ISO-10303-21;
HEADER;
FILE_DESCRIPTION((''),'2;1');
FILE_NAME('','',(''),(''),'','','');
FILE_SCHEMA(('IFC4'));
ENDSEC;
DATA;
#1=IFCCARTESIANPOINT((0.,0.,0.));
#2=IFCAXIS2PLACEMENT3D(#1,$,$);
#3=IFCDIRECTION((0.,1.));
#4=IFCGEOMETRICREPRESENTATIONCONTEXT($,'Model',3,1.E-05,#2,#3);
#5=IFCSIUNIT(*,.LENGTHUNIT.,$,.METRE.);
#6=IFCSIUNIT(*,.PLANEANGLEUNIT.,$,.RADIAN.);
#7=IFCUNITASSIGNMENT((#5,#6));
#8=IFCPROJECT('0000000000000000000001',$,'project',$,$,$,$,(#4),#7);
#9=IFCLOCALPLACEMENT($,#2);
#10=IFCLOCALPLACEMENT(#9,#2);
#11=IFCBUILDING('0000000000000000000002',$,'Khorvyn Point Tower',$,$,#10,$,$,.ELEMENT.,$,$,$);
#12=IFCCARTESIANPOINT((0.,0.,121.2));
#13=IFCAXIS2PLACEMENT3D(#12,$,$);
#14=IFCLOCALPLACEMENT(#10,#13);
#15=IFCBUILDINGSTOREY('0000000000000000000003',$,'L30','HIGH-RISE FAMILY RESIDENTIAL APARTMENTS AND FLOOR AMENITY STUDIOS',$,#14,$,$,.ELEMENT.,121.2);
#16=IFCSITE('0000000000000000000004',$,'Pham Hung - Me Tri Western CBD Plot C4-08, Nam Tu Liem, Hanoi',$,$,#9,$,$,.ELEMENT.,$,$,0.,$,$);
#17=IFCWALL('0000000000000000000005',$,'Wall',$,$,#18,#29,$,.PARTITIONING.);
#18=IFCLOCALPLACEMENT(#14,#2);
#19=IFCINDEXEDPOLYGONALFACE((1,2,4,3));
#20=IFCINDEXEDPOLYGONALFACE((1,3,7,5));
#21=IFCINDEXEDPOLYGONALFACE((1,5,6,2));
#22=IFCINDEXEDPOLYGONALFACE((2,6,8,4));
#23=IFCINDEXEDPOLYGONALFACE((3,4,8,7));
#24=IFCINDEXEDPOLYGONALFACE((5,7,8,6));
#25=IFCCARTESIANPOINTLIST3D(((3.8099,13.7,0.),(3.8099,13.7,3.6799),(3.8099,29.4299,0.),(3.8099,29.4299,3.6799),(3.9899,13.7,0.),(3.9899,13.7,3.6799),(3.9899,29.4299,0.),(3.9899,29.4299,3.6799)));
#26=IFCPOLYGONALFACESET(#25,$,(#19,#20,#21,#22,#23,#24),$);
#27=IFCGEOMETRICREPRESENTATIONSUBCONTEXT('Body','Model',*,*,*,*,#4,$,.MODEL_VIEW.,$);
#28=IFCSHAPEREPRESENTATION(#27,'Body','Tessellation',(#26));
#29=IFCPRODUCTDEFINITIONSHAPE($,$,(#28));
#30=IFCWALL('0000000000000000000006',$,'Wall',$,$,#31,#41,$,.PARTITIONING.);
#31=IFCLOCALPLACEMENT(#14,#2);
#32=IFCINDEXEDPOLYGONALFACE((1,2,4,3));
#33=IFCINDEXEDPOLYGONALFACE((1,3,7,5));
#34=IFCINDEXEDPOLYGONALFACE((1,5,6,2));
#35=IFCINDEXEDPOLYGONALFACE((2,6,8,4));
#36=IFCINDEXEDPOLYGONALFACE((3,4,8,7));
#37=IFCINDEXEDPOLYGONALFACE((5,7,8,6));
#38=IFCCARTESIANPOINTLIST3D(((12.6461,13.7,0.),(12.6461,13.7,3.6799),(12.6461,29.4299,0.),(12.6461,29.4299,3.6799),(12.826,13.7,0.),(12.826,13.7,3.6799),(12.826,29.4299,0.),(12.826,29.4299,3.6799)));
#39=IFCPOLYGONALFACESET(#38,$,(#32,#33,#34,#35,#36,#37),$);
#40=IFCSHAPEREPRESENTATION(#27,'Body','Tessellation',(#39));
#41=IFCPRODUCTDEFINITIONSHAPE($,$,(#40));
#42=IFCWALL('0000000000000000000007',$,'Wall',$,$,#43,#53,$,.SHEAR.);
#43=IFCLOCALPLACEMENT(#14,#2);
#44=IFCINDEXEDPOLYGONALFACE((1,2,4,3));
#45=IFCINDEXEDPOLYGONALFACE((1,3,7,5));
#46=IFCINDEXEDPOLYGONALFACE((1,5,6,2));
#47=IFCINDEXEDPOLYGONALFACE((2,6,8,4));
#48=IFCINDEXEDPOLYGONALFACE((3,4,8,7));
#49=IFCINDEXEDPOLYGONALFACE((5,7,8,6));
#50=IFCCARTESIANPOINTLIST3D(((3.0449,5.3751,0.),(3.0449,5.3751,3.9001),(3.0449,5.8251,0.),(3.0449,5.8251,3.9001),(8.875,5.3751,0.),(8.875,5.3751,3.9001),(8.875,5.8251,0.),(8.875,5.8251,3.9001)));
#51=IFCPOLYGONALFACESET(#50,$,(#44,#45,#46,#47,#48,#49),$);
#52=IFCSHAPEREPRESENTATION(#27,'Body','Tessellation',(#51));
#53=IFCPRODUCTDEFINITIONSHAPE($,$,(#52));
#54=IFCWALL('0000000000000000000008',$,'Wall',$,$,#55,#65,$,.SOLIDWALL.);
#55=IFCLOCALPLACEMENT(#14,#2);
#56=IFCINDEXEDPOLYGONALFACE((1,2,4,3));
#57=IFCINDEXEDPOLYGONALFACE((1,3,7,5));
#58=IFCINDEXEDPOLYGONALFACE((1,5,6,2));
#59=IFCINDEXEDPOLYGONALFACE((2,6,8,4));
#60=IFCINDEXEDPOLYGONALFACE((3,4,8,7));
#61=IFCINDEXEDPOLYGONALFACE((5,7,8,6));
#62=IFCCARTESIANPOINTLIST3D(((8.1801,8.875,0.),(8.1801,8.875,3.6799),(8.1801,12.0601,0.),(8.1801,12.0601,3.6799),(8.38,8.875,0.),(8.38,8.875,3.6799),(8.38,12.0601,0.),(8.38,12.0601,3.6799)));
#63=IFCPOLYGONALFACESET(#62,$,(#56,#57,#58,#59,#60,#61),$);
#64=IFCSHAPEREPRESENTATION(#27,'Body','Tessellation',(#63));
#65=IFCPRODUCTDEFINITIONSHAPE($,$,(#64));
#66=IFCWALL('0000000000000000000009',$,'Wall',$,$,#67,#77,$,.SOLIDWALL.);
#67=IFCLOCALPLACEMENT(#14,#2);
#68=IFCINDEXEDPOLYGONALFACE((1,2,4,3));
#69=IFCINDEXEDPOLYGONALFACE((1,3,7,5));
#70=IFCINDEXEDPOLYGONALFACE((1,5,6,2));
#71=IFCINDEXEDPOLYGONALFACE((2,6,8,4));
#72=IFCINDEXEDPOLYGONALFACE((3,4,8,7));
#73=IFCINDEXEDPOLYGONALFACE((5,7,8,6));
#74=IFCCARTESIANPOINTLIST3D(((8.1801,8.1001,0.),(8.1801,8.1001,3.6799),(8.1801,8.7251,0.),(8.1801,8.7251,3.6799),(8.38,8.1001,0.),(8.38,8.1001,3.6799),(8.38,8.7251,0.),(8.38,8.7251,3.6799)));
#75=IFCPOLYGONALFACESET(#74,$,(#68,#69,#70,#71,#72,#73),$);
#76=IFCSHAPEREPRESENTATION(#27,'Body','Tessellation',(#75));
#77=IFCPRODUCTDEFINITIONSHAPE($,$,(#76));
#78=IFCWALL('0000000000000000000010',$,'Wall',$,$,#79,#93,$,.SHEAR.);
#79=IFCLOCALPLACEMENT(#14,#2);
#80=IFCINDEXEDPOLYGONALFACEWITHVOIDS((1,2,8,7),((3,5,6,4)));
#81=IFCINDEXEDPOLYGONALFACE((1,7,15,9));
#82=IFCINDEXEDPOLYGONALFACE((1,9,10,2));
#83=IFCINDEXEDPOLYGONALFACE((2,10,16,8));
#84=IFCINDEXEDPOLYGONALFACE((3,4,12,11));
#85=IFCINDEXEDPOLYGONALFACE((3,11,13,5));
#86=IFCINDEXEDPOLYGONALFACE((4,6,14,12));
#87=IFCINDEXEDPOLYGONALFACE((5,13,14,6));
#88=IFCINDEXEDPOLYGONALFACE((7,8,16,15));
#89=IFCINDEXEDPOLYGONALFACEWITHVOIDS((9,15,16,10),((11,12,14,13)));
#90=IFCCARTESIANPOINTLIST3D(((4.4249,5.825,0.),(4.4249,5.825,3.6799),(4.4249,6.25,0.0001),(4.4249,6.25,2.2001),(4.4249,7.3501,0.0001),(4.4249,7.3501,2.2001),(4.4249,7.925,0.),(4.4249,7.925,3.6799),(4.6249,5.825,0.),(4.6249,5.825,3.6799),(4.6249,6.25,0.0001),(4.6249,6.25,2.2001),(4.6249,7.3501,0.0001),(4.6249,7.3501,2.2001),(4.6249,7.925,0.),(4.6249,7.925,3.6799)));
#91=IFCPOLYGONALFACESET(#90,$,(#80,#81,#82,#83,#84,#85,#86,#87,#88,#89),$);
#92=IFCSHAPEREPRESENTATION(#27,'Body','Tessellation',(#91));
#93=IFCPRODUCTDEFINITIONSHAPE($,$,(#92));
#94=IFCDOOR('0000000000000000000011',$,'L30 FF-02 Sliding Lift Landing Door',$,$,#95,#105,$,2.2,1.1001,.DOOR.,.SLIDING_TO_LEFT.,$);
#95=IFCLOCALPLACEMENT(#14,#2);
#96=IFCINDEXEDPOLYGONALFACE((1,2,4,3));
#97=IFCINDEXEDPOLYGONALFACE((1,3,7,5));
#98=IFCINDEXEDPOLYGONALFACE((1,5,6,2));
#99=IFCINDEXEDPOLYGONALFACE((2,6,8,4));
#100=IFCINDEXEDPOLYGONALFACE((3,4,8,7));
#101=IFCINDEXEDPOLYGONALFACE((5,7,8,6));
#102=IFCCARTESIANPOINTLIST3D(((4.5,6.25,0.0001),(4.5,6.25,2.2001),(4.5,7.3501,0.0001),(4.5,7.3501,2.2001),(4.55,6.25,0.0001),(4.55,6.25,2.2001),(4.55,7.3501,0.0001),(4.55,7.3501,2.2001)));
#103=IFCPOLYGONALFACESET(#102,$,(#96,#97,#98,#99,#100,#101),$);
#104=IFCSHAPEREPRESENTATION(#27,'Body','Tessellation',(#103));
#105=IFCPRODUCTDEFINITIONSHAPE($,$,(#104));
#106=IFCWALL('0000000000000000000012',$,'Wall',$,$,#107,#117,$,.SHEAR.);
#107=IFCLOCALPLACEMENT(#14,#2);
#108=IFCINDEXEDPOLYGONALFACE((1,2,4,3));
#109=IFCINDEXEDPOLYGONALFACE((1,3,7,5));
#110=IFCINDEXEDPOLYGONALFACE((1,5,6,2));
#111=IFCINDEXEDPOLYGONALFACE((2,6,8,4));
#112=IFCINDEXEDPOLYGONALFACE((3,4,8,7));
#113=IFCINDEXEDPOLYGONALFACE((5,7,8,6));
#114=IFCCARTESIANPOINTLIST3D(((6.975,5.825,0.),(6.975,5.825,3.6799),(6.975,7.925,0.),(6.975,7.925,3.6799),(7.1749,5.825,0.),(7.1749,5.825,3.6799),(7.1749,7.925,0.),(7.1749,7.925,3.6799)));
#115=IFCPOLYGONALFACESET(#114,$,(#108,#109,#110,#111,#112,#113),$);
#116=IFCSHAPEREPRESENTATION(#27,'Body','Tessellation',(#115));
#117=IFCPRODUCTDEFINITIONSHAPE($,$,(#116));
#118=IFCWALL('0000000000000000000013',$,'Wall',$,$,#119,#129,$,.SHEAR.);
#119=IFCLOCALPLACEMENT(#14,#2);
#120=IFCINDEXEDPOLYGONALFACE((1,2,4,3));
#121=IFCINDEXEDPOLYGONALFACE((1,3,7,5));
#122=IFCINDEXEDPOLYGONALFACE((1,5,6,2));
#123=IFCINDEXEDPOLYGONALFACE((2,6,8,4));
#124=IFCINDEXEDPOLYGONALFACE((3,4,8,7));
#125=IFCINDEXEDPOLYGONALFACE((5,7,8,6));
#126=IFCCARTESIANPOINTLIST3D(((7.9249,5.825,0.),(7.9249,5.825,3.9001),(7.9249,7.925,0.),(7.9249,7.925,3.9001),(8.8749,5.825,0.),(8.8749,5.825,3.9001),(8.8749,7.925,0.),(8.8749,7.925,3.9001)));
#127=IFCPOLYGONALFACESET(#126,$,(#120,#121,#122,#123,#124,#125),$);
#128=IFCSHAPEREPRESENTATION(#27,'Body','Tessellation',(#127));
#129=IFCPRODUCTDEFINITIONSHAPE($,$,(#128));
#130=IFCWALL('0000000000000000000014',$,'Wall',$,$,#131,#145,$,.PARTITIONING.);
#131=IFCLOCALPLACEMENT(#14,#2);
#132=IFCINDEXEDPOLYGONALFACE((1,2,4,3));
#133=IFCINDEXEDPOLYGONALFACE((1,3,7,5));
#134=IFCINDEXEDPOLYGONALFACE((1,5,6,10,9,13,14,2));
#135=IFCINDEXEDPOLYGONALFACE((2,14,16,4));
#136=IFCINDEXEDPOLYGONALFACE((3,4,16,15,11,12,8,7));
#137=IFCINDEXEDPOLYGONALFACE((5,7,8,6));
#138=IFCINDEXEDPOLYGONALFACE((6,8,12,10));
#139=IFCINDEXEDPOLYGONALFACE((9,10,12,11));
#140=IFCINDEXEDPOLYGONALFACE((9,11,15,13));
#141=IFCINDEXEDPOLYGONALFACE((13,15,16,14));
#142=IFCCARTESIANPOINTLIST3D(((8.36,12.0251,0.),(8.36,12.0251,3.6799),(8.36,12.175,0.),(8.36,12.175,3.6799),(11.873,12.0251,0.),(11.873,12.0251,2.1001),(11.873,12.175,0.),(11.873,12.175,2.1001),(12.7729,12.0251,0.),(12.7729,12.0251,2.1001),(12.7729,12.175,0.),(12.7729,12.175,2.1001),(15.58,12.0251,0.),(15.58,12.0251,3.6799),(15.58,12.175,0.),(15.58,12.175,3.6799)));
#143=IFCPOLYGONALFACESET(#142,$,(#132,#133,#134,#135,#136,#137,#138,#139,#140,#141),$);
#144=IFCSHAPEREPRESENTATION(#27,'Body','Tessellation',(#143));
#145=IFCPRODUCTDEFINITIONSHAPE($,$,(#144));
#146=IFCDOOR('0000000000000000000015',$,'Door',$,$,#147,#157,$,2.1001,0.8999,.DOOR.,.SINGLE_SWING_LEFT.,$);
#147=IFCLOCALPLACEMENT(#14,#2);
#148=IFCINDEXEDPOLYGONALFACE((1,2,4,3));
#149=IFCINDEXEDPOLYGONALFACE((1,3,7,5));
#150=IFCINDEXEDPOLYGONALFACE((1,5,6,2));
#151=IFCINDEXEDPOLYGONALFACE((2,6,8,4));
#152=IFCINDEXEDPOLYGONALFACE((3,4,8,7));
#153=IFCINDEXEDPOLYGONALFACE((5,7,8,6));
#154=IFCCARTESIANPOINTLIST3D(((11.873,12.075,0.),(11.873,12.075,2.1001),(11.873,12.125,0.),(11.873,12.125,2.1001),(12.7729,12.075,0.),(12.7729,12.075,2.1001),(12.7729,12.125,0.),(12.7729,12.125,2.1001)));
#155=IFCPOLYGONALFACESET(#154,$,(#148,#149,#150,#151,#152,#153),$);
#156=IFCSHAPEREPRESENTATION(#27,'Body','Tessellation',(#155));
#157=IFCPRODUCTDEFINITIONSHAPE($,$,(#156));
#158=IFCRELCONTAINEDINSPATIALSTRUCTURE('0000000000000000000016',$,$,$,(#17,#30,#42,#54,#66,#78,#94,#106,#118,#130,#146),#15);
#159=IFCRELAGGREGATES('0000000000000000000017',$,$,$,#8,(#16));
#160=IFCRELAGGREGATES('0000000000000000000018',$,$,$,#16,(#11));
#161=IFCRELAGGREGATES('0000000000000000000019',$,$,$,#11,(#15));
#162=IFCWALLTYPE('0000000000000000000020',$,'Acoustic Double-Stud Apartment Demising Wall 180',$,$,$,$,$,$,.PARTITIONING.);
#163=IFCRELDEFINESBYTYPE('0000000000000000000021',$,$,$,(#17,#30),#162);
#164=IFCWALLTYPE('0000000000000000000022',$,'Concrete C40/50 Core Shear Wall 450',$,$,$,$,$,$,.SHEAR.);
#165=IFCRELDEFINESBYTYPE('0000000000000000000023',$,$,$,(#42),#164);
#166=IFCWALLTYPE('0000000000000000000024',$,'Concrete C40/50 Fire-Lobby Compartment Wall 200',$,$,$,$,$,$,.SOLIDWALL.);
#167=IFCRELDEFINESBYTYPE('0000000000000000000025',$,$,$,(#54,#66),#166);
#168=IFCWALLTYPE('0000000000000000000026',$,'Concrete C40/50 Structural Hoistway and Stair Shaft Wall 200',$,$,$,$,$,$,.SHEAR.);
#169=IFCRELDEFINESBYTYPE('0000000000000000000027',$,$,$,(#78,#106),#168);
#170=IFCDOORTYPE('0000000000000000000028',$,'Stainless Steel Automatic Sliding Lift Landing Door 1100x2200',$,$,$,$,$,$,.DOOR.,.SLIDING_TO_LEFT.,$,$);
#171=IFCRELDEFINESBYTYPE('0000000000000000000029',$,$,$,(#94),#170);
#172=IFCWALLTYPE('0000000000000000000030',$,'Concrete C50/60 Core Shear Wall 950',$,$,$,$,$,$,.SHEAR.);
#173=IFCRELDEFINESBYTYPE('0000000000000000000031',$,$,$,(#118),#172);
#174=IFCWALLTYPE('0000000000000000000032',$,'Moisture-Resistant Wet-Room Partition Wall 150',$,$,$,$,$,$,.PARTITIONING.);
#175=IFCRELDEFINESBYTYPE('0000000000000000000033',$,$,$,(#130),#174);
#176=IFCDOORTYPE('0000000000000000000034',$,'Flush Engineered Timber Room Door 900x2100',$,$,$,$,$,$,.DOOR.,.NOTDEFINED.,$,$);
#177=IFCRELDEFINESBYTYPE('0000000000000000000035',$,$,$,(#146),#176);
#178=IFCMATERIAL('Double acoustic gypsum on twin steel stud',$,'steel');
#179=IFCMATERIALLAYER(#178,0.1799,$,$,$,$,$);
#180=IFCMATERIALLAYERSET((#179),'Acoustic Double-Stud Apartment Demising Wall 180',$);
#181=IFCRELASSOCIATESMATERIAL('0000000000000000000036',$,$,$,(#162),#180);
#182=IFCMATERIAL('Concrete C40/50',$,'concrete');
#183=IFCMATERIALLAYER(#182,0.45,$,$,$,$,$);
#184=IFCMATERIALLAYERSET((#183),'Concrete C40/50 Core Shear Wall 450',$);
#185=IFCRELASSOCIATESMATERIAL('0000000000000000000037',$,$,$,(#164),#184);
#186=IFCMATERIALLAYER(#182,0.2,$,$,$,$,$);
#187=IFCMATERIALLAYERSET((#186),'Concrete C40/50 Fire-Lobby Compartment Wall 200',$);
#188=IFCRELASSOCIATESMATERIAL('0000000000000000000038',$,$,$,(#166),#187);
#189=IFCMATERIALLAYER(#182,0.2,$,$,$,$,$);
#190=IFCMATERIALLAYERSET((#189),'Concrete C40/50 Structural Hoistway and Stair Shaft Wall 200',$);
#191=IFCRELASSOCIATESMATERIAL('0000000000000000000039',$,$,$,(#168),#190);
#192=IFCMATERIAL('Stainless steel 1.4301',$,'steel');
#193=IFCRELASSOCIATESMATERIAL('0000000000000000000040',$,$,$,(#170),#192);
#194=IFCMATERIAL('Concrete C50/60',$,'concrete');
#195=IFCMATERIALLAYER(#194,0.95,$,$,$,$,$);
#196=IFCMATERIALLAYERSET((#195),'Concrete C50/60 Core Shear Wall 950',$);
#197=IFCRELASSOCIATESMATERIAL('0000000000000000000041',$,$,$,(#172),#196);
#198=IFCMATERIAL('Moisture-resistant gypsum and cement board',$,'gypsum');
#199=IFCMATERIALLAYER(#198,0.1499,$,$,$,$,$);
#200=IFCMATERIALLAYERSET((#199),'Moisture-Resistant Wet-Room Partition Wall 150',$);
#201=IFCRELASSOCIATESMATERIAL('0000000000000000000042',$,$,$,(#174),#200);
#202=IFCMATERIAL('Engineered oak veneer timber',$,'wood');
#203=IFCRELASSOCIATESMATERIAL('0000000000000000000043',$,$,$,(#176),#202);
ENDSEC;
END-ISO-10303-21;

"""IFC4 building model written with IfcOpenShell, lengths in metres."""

from ifc_helpers import new_model, si_unit, direction, frame, frame_2d, origin, place, context, subcontext, project, spatial, rectangle, extrude, material, layer, layer_set, type_object, element, fill, save


model = new_model("IFC4")

# Units and contexts
model_context = context("Model", 3, precision=1e-05, world=origin(), true_north=direction((0.0, 1.0)))
body_context = subcontext(model_context, "Body", "Model", "MODEL_VIEW")
ifc_project = project(units=[si_unit("LENGTHUNIT", "METRE"), si_unit("PLANEANGLEUNIT", "RADIAN")], contexts=[model_context])

# Site, building, storey
site_placement = place(None, origin())
site = spatial("IfcSite", under=ifc_project, at=site_placement, Name="Pham Hung - Me Tri Western CBD Plot C4-08, Nam Tu Liem, Hanoi", CompositionType="ELEMENT", RefElevation=0.0)
building_placement = place(site_placement, origin())
building = spatial("IfcBuilding", under=site, at=building_placement, Name="Khorvyn Point Tower", CompositionType="ELEMENT")
storey_placement = place(building_placement, frame((0.0, 0.0, 121.2)))
storey = spatial("IfcBuildingStorey", under=building, at=storey_placement, Name="L30", Description="HIGH-RISE FAMILY RESIDENTIAL APARTMENTS AND FLOOR AMENITY STUDIOS", CompositionType="ELEMENT", Elevation=121.2)

# Shared definitions
ifc_material_1 = material(Name="Concrete C50/60", Category="concrete")

# Shared definitions
ifc_material_2 = material(Name="Double acoustic gypsum on twin steel stud", Category="steel")
ifc_layer_1 = layer(ifc_material_2, 0.1799)
ifc_layer_set_1 = layer_set([ifc_layer_1], Name="Acoustic Double-Stud Apartment Demising Wall 180")
wall_type_1 = type_object("IfcWallType", Name="Acoustic Double-Stud Apartment Demising Wall 180", PredefinedType="PARTITIONING", material=ifc_layer_set_1)

# Walls
for number, where, z_axis, x_axis, name in (
    (1, (3.8999, 13.7, 0.0), (0.0, 0.0, 1.0), (0.0, 1.0, 0.0), "Wall"),
    (2, (12.7361, 13.7, 0.0), (0.0, 0.0, 1.0), (0.0, 1.0, 0.0), "Wall"),
):
    element("IfcWall", number, at=place(storey_placement, frame(where, z_axis=z_axis, x_axis=x_axis)), inside=storey, type_object=wall_type_1, Name=name, PredefinedType="PARTITIONING", context=body_context, shape_type="SweptSolid", body=[
        extrude(rectangle(XDim=15.73, YDim=0.1799, at=frame_2d((7.865, 0.0))), origin(), (0.0, 0.0, 1.0), 3.6799),
    ])
ifc_material_3 = material(Name="Concrete C40/50", Category="concrete")
ifc_layer_2 = layer(ifc_material_3, 0.45)
ifc_layer_set_2 = layer_set([ifc_layer_2], Name="Concrete C40/50 Core Shear Wall 450")
wall_type_2 = type_object("IfcWallType", Name="Concrete C40/50 Core Shear Wall 450", PredefinedType="SHEAR", material=ifc_layer_set_2)
wall_1_placement = place(storey_placement, frame((3.0449, 5.6001, 0.0), z_axis=(0.0, 0.0, 1.0), x_axis=(1.0, 0.0, 0.0)))
element("IfcWall", 3, at=wall_1_placement, inside=storey, type_object=wall_type_2, Name="Wall", PredefinedType="SHEAR", context=body_context, shape_type="SweptSolid", body=[
    extrude(rectangle(XDim=5.8301, YDim=0.45, at=frame_2d((2.915, 0.0))), origin(), (0.0, 0.0, 1.0), 3.9001),
])

# Shared definitions
ifc_layer_3 = layer(ifc_material_3, 0.2)
ifc_layer_set_3 = layer_set([ifc_layer_3], Name="Concrete C40/50 Fire-Lobby Compartment Wall 200")
wall_type_3 = type_object("IfcWallType", Name="Concrete C40/50 Fire-Lobby Compartment Wall 200", PredefinedType="SOLIDWALL", material=ifc_layer_set_3)

# Walls
wall_2_placement = place(storey_placement, frame((8.28, 8.875, 0.0), z_axis=(0.0, 0.0, 1.0), x_axis=(0.0, 1.0, 0.0)))
element("IfcWall", 4, at=wall_2_placement, inside=storey, type_object=wall_type_3, Name="Wall", PredefinedType="SOLIDWALL", context=body_context, shape_type="SweptSolid", body=[
    extrude(rectangle(XDim=3.1851, YDim=0.2, at=frame_2d((1.5925, 0.0))), origin(), (0.0, 0.0, 1.0), 3.6799),
])
wall_3_placement = place(storey_placement, frame((8.28, 8.1001, 0.0), z_axis=(0.0, 0.0, 1.0), x_axis=(0.0, 1.0, 0.0)))
element("IfcWall", 5, at=wall_3_placement, inside=storey, type_object=wall_type_3, Name="Wall", PredefinedType="SOLIDWALL", context=body_context, shape_type="SweptSolid", body=[
    extrude(rectangle(XDim=0.625, YDim=0.2, at=frame_2d((0.3125, 0.0))), origin(), (0.0, 0.0, 1.0), 3.6799),
])

# Wall, opening, door
ifc_layer_4 = layer(ifc_material_3, 0.2)
ifc_layer_set_4 = layer_set([ifc_layer_4], Name="Concrete C40/50 Structural Hoistway and Stair Shaft Wall 200")
wall_type_4 = type_object("IfcWallType", Name="Concrete C40/50 Structural Hoistway and Stair Shaft Wall 200", PredefinedType="SHEAR", material=ifc_layer_set_4)
wall_4_placement = place(storey_placement, frame((4.5249, 5.825, 0.0), z_axis=(0.0, 0.0, 1.0), x_axis=(0.0, 1.0, 0.0)))
wall_4 = element("IfcWall", 6, at=wall_4_placement, inside=storey, type_object=wall_type_4, Name="Wall", PredefinedType="SHEAR", context=body_context, shape_type="SweptSolid", body=[
    extrude(rectangle(XDim=2.1001, YDim=0.2, at=frame_2d((1.05, 0.0))), origin(), (0.0, 0.0, 1.0), 3.6799),
])
opening_1_placement = place(wall_4_placement, frame((0.425, 0.0, 0.0)))
opening_1 = element("IfcOpeningElement", 7, at=opening_1_placement, cuts=wall_4, PredefinedType="OPENING", context=body_context, shape_type="SweptSolid", body=[
    extrude(rectangle(XDim=1.1001, YDim=2.2, at=frame_2d((0.55, 1.1001))), frame((0.0, 0.1099, 0.0), z_axis=(0.0, -1.0, 0.0), x_axis=(1.0, 0.0, 0.0)), (0.0, 0.0, 1.0), 0.22),
])
ifc_material_4 = material(Name="Stainless steel 1.4301", Category="steel")
door_type_1 = type_object("IfcDoorType", Name="Stainless Steel Automatic Sliding Lift Landing Door 1100x2200", OperationType="SLIDING_TO_LEFT", PredefinedType="DOOR", material=ifc_material_4)
door_1_placement = place(opening_1_placement, origin())
door_1 = element("IfcDoor", 8, at=door_1_placement, inside=storey, type_object=door_type_1, Name="L30 FF-02 Sliding Lift Landing Door", OperationType="SLIDING_TO_LEFT", OverallHeight=2.2, OverallWidth=1.1001, PredefinedType="DOOR", context=body_context, shape_type="SweptSolid", body=[
    extrude(rectangle(XDim=1.1001, YDim=2.2, at=frame_2d((0.55, 1.1001))), frame((0.0, 0.0249, 0.0), z_axis=(0.0, -1.0, 0.0), x_axis=(1.0, 0.0, 0.0)), (0.0, 0.0, 1.0), 0.05),
])
fill(opening_1, door_1)

# Walls
wall_5_placement = place(storey_placement, frame((7.075, 5.825, 0.0), z_axis=(0.0, 0.0, 1.0), x_axis=(0.0, 1.0, 0.0)))
element("IfcWall", 9, at=wall_5_placement, inside=storey, type_object=wall_type_4, Name="Wall", PredefinedType="SHEAR", context=body_context, shape_type="SweptSolid", body=[
    extrude(rectangle(XDim=2.1001, YDim=0.2, at=frame_2d((1.05, 0.0))), origin(), (0.0, 0.0, 1.0), 3.6799),
])
ifc_layer_5 = layer(ifc_material_1, 0.95)
ifc_layer_set_5 = layer_set([ifc_layer_5], Name="Concrete C50/60 Core Shear Wall 950")
wall_type_5 = type_object("IfcWallType", Name="Concrete C50/60 Core Shear Wall 950", PredefinedType="SHEAR", material=ifc_layer_set_5)
wall_6_placement = place(storey_placement, frame((8.3999, 5.825, 0.0), z_axis=(0.0, 0.0, 1.0), x_axis=(0.0, 1.0, 0.0)))
element("IfcWall", 10, at=wall_6_placement, inside=storey, type_object=wall_type_5, Name="Wall", PredefinedType="SHEAR", context=body_context, shape_type="SweptSolid", body=[
    extrude(rectangle(XDim=2.1001, YDim=0.95, at=frame_2d((1.05, 0.0))), origin(), (0.0, 0.0, 1.0), 3.9001),
])

# Wall, opening, door
ifc_material_5 = material(Name="Moisture-resistant gypsum and cement board", Category="gypsum")
ifc_layer_6 = layer(ifc_material_5, 0.1499)
ifc_layer_set_6 = layer_set([ifc_layer_6], Name="Moisture-Resistant Wet-Room Partition Wall 150")
wall_type_6 = type_object("IfcWallType", Name="Moisture-Resistant Wet-Room Partition Wall 150", PredefinedType="PARTITIONING", material=ifc_layer_set_6)
wall_7_placement = place(storey_placement, frame((8.3601, 12.1001, 0.0), z_axis=(0.0, 0.0, 1.0), x_axis=(1.0, 0.0, 0.0)))
wall_7 = element("IfcWall", 11, at=wall_7_placement, inside=storey, type_object=wall_type_6, Name="Wall", PredefinedType="PARTITIONING", context=body_context, shape_type="SweptSolid", body=[
    extrude(rectangle(XDim=7.22, YDim=0.1499, at=frame_2d((3.6099, 0.0))), origin(), (0.0, 0.0, 1.0), 3.6799),
])
opening_2_placement = place(wall_7_placement, frame((3.5129, 0.0, 0.0)))
opening_2 = element("IfcOpeningElement", 12, at=opening_2_placement, cuts=wall_7, PredefinedType="OPENING", context=body_context, shape_type="SweptSolid", body=[
    extrude(rectangle(XDim=0.8999, YDim=2.1001, at=frame_2d((0.45, 1.05))), frame((0.0, 0.085, 0.0), z_axis=(0.0, -1.0, 0.0), x_axis=(1.0, 0.0, 0.0)), (0.0, 0.0, 1.0), 0.1699),
])
ifc_material_6 = material(Name="Engineered oak veneer timber", Category="wood")
door_type_2 = type_object("IfcDoorType", Name="Flush Engineered Timber Room Door 900x2100", OperationType="NOTDEFINED", PredefinedType="DOOR", material=ifc_material_6)
door_2_placement = place(opening_2_placement, origin())
door_2 = element("IfcDoor", 13, at=door_2_placement, inside=storey, type_object=door_type_2, Name="Door", OperationType="SINGLE_SWING_LEFT", OverallHeight=2.1001, OverallWidth=0.8999, PredefinedType="DOOR", context=body_context, shape_type="SweptSolid", body=[
    extrude(rectangle(XDim=0.8999, YDim=2.1001, at=frame_2d((0.45, 1.05))), frame((0.0, 0.0249, 0.0), z_axis=(0.0, -1.0, 0.0), x_axis=(1.0, 0.0, 0.0)), (0.0, 0.0, 1.0), 0.05),
])
fill(opening_2, door_2)

save(model, "model.ifc")
